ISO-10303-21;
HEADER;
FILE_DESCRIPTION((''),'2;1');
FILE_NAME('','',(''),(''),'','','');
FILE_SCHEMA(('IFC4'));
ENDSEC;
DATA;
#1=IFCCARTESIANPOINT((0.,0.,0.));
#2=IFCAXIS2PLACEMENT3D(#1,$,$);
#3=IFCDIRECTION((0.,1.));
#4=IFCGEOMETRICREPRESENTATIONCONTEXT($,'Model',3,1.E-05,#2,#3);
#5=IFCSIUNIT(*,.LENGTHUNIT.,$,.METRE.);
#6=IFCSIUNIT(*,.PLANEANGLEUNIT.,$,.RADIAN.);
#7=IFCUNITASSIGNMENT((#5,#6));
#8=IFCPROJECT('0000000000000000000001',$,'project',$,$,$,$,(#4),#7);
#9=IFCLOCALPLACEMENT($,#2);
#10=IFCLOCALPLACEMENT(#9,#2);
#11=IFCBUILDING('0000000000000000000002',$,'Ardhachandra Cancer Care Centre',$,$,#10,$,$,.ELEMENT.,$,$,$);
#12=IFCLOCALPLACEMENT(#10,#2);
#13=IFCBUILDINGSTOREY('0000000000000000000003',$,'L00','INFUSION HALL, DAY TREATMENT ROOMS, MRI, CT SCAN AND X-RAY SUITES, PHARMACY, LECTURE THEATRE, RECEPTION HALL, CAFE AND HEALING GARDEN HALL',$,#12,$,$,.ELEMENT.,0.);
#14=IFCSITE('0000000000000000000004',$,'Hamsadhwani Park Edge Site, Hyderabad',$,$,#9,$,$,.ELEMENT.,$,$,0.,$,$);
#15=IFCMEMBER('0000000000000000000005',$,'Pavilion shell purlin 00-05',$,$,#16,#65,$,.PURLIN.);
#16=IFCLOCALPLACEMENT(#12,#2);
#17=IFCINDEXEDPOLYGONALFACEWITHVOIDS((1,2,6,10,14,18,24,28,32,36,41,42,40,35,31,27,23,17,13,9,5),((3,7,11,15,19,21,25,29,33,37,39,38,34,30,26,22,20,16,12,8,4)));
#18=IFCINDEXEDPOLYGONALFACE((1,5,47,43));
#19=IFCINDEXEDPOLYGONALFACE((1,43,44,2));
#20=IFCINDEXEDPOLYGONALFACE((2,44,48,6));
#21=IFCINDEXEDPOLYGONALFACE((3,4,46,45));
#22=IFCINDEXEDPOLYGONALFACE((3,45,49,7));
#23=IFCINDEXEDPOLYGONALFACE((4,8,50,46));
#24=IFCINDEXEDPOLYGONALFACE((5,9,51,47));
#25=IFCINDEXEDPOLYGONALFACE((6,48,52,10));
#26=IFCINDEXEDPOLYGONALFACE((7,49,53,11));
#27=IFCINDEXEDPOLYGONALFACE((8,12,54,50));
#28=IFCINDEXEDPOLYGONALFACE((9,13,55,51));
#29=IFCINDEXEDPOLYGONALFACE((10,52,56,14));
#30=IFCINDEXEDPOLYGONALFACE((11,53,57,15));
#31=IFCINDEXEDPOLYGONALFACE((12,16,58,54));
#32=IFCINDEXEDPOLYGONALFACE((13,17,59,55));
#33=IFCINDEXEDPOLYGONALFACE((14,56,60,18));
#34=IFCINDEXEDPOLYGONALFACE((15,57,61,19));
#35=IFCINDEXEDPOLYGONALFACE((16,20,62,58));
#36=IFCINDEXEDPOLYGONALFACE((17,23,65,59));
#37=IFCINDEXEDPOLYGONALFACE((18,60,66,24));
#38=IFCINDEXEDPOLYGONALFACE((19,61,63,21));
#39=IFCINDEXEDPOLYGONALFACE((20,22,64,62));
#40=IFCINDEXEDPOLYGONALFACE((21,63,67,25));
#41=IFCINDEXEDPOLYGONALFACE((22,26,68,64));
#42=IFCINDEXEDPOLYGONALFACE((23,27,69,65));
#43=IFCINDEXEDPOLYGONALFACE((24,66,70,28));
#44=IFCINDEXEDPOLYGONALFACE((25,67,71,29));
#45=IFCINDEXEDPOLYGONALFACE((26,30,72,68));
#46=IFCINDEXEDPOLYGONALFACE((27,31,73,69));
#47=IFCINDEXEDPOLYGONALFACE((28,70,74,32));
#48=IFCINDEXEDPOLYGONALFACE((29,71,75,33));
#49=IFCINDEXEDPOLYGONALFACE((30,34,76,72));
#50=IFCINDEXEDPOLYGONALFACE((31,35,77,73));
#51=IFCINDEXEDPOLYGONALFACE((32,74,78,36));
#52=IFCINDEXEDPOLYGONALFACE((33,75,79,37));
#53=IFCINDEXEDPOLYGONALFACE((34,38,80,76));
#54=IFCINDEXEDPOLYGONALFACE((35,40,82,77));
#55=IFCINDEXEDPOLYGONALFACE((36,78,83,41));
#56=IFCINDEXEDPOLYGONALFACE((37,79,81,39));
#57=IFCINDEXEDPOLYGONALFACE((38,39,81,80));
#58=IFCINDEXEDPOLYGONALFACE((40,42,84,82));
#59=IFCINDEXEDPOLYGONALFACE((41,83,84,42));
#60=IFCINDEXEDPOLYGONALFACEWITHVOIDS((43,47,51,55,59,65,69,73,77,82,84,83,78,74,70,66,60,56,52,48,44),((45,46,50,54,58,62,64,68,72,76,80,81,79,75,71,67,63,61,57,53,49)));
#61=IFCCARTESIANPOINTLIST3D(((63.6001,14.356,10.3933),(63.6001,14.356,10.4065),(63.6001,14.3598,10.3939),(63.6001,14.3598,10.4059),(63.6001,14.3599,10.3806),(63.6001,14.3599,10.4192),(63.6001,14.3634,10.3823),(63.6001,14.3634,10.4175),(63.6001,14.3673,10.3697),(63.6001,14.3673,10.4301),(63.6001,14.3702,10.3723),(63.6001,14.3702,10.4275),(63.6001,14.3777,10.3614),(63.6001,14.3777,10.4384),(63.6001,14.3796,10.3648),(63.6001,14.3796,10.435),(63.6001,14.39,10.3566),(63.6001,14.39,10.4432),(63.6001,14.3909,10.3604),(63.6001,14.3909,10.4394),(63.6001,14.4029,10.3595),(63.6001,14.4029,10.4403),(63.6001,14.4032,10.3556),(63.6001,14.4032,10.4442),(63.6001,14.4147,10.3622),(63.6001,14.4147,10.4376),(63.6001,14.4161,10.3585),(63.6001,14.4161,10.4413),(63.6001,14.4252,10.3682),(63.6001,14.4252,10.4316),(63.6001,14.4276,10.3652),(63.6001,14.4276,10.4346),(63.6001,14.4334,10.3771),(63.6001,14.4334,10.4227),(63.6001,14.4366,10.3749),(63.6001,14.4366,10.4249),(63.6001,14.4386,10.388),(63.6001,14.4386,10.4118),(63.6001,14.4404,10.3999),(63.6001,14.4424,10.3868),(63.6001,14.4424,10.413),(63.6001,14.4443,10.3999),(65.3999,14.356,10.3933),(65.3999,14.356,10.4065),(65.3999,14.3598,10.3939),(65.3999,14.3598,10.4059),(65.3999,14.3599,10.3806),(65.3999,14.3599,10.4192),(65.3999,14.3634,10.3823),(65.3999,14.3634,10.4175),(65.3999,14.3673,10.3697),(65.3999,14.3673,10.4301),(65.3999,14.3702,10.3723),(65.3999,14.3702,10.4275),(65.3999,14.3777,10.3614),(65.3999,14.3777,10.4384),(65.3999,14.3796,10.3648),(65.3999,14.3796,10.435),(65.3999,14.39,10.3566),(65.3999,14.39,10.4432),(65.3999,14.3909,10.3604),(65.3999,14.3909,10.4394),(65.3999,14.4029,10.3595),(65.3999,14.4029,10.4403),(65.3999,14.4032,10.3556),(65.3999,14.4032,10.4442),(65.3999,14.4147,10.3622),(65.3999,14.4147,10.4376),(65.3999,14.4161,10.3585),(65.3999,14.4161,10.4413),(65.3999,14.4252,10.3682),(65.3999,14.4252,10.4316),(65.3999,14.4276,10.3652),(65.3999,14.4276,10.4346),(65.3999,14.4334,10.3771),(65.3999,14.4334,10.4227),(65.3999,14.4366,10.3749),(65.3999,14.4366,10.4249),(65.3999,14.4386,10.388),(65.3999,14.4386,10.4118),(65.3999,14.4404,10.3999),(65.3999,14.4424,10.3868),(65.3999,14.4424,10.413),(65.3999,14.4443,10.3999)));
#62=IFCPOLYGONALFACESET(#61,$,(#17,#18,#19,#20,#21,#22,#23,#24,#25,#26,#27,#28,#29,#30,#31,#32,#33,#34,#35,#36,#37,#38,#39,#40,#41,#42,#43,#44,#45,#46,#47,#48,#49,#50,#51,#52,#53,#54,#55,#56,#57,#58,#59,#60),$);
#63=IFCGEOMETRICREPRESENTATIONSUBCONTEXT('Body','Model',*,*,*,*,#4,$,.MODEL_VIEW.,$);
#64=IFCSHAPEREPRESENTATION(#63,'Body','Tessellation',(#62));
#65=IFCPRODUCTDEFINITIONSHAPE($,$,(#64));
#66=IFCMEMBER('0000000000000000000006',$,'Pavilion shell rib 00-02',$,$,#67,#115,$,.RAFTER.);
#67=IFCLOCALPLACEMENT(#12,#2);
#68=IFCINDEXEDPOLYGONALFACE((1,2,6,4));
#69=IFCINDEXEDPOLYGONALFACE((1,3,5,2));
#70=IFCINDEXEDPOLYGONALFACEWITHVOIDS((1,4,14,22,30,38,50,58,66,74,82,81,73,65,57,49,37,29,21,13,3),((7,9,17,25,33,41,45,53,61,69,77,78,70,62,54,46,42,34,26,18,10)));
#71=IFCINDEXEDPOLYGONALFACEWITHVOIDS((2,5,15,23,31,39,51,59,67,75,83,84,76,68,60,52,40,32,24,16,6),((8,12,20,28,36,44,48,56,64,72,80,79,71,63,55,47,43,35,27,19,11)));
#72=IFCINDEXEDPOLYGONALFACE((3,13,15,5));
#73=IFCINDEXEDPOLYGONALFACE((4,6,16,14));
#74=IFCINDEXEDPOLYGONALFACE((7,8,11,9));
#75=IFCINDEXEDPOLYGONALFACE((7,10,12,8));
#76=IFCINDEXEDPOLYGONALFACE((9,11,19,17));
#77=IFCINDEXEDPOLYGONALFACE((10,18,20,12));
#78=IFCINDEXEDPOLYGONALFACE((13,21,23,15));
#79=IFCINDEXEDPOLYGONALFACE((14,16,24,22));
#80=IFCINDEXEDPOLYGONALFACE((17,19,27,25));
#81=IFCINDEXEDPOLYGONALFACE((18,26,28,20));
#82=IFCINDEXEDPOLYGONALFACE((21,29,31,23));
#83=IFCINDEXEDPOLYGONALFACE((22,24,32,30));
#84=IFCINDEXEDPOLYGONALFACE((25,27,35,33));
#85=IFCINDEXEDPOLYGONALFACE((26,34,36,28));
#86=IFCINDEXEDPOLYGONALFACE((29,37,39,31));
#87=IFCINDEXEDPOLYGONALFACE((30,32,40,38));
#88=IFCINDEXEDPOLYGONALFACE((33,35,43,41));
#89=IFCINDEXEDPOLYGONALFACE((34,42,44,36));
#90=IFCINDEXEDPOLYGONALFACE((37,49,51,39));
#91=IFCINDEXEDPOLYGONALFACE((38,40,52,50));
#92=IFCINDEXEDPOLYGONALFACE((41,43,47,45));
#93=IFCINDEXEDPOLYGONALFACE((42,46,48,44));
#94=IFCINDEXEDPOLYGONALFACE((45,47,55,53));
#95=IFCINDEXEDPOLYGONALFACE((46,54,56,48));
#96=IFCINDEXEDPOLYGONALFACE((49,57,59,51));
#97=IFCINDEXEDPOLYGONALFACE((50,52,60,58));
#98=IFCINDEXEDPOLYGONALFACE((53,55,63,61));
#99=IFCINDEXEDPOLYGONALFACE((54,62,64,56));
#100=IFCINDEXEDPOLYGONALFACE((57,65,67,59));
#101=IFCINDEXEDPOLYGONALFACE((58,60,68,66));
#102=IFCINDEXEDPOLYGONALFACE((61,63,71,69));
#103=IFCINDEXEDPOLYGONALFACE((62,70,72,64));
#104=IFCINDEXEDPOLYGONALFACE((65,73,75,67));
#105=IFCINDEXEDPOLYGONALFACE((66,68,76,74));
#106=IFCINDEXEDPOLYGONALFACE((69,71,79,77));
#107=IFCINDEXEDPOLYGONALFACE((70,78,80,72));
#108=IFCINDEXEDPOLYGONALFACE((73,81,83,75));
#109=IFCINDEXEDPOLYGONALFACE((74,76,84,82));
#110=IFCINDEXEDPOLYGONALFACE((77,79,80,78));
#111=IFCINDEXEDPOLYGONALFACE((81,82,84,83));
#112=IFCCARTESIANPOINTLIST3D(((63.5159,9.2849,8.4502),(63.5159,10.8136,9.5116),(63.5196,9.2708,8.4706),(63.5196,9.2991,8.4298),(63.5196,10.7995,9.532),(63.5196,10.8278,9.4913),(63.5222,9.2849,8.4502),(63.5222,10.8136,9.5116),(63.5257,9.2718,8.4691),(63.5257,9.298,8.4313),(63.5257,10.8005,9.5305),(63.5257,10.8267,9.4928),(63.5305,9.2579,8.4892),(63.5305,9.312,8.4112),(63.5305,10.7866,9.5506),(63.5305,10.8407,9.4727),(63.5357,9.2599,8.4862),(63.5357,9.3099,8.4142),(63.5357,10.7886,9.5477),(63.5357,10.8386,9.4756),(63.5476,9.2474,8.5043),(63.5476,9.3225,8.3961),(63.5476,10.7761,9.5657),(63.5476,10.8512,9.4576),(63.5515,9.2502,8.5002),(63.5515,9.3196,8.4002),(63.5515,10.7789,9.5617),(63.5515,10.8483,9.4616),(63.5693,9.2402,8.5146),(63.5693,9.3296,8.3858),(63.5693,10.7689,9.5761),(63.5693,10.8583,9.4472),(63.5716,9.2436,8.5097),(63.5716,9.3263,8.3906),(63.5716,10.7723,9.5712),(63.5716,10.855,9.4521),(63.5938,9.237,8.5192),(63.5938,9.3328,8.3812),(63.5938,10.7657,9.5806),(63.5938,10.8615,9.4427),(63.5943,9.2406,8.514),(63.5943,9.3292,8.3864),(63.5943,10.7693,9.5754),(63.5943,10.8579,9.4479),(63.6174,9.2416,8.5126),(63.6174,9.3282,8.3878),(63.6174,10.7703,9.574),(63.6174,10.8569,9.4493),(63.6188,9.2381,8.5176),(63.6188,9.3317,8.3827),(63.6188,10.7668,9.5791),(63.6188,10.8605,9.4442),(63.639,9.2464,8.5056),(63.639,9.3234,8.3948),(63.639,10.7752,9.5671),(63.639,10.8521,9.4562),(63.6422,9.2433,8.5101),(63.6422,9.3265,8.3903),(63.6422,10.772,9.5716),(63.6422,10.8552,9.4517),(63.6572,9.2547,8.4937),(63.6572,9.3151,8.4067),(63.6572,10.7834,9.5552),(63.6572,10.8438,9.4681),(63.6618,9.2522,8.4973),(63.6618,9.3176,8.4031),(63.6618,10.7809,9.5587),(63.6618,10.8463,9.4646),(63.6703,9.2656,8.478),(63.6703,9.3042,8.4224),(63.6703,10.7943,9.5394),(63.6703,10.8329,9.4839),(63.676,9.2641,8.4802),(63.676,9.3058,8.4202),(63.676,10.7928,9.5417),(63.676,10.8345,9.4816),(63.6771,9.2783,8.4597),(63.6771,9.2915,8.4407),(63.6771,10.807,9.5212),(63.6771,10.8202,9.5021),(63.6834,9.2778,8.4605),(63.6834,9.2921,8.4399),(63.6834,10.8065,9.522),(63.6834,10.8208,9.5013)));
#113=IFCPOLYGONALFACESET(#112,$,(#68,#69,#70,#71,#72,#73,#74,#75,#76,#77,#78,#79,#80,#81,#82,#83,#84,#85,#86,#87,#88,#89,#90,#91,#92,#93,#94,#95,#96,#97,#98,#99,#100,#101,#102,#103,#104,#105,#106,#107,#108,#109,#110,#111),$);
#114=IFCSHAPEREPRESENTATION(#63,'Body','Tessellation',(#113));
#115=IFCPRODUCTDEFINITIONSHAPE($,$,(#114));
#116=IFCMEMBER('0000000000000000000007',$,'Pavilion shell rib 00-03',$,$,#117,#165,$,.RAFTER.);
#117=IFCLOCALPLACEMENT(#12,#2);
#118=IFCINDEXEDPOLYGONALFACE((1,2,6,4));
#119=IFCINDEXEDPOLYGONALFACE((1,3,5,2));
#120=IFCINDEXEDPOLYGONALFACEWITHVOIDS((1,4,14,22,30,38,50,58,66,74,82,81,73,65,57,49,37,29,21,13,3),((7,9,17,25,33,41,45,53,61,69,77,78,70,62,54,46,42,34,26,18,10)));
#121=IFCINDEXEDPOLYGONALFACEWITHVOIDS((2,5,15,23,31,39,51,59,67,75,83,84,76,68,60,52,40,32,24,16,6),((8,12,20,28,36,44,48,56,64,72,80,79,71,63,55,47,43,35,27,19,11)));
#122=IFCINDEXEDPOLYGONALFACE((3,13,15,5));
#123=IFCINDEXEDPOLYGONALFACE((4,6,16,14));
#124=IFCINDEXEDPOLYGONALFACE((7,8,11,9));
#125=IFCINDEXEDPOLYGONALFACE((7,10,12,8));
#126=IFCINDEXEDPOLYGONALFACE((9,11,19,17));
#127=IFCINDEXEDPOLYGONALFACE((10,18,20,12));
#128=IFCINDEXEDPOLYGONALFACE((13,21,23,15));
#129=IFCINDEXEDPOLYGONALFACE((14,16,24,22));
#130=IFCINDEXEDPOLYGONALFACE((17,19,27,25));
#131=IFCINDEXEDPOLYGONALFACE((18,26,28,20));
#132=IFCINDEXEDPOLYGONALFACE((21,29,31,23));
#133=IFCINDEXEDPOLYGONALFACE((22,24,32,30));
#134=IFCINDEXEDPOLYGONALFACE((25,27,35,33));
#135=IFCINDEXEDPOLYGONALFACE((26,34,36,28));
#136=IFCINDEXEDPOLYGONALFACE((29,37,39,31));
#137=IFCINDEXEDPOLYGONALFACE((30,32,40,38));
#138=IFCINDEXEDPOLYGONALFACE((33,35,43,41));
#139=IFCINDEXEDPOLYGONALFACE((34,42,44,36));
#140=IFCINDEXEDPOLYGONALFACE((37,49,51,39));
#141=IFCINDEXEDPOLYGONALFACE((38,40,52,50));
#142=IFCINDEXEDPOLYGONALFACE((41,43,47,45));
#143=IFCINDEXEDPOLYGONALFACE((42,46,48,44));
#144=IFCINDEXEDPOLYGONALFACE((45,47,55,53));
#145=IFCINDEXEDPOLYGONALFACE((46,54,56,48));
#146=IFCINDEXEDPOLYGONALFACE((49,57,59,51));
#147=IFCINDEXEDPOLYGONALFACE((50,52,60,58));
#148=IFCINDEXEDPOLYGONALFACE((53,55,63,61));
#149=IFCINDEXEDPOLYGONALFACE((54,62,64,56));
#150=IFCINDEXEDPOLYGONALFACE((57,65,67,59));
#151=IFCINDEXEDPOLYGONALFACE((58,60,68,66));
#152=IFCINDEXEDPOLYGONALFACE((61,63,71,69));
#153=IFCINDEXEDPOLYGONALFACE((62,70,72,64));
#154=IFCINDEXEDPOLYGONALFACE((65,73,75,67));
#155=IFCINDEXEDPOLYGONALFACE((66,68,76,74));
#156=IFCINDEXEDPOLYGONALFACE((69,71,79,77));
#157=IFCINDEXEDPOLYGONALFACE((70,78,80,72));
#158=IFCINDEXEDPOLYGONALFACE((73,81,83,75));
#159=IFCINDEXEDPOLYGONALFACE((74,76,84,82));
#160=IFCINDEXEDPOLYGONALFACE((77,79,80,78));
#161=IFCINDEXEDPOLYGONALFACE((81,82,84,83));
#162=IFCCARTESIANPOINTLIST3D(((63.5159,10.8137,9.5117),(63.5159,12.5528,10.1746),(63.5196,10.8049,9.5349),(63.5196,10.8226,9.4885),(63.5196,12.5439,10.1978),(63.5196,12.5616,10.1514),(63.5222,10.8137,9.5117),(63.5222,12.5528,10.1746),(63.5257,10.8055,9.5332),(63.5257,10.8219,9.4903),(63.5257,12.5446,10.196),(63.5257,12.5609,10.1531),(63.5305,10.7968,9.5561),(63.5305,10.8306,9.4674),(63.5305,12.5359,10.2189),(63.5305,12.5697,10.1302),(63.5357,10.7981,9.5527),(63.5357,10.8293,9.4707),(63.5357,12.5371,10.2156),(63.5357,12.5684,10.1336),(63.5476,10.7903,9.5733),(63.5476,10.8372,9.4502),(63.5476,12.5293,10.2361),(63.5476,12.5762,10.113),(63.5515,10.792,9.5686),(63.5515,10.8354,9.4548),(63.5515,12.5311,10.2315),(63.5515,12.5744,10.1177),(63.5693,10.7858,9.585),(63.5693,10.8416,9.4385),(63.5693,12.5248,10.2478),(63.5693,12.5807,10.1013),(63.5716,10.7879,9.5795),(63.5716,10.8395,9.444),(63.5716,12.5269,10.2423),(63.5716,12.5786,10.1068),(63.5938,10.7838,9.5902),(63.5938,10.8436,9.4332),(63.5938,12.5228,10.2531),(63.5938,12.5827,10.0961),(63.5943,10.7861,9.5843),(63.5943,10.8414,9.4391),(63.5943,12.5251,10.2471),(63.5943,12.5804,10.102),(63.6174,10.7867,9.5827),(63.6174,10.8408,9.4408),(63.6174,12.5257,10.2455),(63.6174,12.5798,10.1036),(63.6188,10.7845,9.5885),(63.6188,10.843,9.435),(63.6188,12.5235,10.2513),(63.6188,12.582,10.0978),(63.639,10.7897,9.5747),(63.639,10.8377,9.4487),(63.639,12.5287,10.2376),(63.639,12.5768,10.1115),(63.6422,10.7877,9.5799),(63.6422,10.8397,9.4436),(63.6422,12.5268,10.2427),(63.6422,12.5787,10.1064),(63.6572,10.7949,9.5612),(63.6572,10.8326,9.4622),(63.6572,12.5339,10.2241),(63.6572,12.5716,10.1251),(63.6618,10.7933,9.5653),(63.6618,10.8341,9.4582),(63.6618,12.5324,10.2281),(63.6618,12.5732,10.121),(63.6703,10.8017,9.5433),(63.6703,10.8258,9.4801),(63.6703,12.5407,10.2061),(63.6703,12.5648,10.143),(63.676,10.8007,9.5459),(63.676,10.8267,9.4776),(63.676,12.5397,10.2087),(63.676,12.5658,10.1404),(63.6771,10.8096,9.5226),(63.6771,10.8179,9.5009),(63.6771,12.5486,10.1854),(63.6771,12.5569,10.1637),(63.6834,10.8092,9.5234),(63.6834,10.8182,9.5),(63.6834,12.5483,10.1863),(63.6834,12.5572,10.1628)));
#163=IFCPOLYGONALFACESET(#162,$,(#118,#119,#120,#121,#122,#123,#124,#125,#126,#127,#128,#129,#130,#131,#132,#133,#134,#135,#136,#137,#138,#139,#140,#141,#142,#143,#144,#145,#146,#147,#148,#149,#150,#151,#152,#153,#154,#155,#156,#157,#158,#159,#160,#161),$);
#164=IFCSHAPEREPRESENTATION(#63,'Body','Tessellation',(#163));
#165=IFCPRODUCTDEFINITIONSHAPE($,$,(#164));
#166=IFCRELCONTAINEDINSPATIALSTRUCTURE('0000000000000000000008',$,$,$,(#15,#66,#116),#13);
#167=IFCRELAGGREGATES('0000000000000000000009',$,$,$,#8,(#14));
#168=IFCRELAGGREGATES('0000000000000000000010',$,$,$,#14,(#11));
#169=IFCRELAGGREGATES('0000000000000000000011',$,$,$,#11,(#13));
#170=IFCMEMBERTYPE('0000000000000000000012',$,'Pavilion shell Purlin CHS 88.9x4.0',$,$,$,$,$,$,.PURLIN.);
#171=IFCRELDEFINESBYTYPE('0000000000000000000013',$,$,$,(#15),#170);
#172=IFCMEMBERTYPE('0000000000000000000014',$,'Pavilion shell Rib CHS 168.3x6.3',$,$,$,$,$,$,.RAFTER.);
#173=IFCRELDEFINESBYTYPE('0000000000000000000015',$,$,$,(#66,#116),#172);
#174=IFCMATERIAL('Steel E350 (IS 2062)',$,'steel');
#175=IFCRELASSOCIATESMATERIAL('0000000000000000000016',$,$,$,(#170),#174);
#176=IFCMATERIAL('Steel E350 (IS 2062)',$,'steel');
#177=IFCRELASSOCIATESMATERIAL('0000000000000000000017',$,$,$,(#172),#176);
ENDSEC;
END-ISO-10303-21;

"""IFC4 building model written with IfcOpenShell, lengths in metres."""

from ifc_helpers import new_model, si_unit, direction, frame, origin, origin_2d, place, context, subcontext, project, spatial, hollow_circle, extrude, material, material_profile, profile_set, type_object, element, save


model = new_model("IFC4")

# Units and contexts
model_context = context("Model", 3, precision=1e-05, world=origin(), true_north=direction((0.0, 1.0)))
body_context = subcontext(model_context, "Body", "Model", "MODEL_VIEW")
ifc_project = project(units=[si_unit("LENGTHUNIT", "METRE"), si_unit("PLANEANGLEUNIT", "RADIAN")], contexts=[model_context])

# Site, building, storey
site_placement = place(None, origin())
site = spatial("IfcSite", under=ifc_project, at=site_placement, Name="Hamsadhwani Park Edge Site, Hyderabad", CompositionType="ELEMENT", RefElevation=0.0)
building_placement = place(site_placement, origin())
building = spatial("IfcBuilding", under=site, at=building_placement, Name="Ardhachandra Cancer Care Centre", CompositionType="ELEMENT")
storey_placement = place(building_placement, origin())
storey = spatial("IfcBuildingStorey", under=building, at=storey_placement, Name="L00", Description="INFUSION HALL, DAY TREATMENT ROOMS, MRI, CT SCAN AND X-RAY SUITES, PHARMACY, LECTURE THEATRE, RECEPTION HALL, CAFE AND HEALING GARDEN HALL", CompositionType="ELEMENT", Elevation=0.0)

# Members
ifc_material_1 = material(Name="Steel E350 (IS 2062)", Category="steel")
ifc_material_profile_1 = material_profile(ifc_material_1, hollow_circle(Radius=0.0444, WallThickness=0.0039, at=origin_2d()), Name="CHS 88.9x4.0")
ifc_profile_set_1 = profile_set([ifc_material_profile_1], Name="Steel E350 (IS 2062)")
member_type_1 = type_object("IfcMemberType", Name="Pavilion shell Purlin CHS 88.9x4.0", PredefinedType="PURLIN", material=ifc_profile_set_1)
for number, where, z_axis, x_axis, name in (
    (1, (63.6001, 14.3999, 10.3999), (1.0, 0.0, 0.0), (0.0, 1.0, 0.0), "Pavilion shell purlin 00-05"),
):
    element("IfcMember", number, at=place(storey_placement, frame(where, z_axis=z_axis, x_axis=x_axis)), inside=storey, type_object=member_type_1, Name=name, PredefinedType="PURLIN", context=body_context, shape_type="SweptSolid", body=[
        extrude(hollow_circle(Radius=0.0444, WallThickness=0.0039, at=origin_2d()), origin(), (0.0, 0.0, 1.0), 1.7998),
    ])
ifc_material_2 = material(Name="Steel E350 (IS 2062)", Category="steel")
ifc_material_profile_2 = material_profile(ifc_material_2, hollow_circle(Radius=0.0842, WallThickness=0.0063, at=origin_2d()), Name="CHS 168.3x6.3")
ifc_profile_set_2 = profile_set([ifc_material_profile_2], Name="Steel E350 (IS 2062)")
member_type_2 = type_object("IfcMemberType", Name="Pavilion shell Rib CHS 168.3x6.3", PredefinedType="RAFTER", material=ifc_profile_set_2)
for number, where, z_axis, x_axis, name in (
    (2, (63.6001, 9.2849, 8.4502), (0.0, 0.821408, 0.570342), (-1.0, 0.0, 0.0), "Pavilion shell rib 00-02"),
    (3, (63.6001, 10.8137, 9.5117), (0.0, 0.934423, 0.356164), (-1.0, 0.0, 0.0), "Pavilion shell rib 00-03"),
):
    element("IfcMember", number, at=place(storey_placement, frame(where, z_axis=z_axis, x_axis=x_axis)), inside=storey, type_object=member_type_2, Name=name, PredefinedType="RAFTER", context=body_context, shape_type="SweptSolid", body=[
        extrude(hollow_circle(Radius=0.0842, WallThickness=0.0063, at=origin_2d()), origin(), (0.0, 0.0, 1.0), 1.8611),
    ])

save(model, "model.ifc")
